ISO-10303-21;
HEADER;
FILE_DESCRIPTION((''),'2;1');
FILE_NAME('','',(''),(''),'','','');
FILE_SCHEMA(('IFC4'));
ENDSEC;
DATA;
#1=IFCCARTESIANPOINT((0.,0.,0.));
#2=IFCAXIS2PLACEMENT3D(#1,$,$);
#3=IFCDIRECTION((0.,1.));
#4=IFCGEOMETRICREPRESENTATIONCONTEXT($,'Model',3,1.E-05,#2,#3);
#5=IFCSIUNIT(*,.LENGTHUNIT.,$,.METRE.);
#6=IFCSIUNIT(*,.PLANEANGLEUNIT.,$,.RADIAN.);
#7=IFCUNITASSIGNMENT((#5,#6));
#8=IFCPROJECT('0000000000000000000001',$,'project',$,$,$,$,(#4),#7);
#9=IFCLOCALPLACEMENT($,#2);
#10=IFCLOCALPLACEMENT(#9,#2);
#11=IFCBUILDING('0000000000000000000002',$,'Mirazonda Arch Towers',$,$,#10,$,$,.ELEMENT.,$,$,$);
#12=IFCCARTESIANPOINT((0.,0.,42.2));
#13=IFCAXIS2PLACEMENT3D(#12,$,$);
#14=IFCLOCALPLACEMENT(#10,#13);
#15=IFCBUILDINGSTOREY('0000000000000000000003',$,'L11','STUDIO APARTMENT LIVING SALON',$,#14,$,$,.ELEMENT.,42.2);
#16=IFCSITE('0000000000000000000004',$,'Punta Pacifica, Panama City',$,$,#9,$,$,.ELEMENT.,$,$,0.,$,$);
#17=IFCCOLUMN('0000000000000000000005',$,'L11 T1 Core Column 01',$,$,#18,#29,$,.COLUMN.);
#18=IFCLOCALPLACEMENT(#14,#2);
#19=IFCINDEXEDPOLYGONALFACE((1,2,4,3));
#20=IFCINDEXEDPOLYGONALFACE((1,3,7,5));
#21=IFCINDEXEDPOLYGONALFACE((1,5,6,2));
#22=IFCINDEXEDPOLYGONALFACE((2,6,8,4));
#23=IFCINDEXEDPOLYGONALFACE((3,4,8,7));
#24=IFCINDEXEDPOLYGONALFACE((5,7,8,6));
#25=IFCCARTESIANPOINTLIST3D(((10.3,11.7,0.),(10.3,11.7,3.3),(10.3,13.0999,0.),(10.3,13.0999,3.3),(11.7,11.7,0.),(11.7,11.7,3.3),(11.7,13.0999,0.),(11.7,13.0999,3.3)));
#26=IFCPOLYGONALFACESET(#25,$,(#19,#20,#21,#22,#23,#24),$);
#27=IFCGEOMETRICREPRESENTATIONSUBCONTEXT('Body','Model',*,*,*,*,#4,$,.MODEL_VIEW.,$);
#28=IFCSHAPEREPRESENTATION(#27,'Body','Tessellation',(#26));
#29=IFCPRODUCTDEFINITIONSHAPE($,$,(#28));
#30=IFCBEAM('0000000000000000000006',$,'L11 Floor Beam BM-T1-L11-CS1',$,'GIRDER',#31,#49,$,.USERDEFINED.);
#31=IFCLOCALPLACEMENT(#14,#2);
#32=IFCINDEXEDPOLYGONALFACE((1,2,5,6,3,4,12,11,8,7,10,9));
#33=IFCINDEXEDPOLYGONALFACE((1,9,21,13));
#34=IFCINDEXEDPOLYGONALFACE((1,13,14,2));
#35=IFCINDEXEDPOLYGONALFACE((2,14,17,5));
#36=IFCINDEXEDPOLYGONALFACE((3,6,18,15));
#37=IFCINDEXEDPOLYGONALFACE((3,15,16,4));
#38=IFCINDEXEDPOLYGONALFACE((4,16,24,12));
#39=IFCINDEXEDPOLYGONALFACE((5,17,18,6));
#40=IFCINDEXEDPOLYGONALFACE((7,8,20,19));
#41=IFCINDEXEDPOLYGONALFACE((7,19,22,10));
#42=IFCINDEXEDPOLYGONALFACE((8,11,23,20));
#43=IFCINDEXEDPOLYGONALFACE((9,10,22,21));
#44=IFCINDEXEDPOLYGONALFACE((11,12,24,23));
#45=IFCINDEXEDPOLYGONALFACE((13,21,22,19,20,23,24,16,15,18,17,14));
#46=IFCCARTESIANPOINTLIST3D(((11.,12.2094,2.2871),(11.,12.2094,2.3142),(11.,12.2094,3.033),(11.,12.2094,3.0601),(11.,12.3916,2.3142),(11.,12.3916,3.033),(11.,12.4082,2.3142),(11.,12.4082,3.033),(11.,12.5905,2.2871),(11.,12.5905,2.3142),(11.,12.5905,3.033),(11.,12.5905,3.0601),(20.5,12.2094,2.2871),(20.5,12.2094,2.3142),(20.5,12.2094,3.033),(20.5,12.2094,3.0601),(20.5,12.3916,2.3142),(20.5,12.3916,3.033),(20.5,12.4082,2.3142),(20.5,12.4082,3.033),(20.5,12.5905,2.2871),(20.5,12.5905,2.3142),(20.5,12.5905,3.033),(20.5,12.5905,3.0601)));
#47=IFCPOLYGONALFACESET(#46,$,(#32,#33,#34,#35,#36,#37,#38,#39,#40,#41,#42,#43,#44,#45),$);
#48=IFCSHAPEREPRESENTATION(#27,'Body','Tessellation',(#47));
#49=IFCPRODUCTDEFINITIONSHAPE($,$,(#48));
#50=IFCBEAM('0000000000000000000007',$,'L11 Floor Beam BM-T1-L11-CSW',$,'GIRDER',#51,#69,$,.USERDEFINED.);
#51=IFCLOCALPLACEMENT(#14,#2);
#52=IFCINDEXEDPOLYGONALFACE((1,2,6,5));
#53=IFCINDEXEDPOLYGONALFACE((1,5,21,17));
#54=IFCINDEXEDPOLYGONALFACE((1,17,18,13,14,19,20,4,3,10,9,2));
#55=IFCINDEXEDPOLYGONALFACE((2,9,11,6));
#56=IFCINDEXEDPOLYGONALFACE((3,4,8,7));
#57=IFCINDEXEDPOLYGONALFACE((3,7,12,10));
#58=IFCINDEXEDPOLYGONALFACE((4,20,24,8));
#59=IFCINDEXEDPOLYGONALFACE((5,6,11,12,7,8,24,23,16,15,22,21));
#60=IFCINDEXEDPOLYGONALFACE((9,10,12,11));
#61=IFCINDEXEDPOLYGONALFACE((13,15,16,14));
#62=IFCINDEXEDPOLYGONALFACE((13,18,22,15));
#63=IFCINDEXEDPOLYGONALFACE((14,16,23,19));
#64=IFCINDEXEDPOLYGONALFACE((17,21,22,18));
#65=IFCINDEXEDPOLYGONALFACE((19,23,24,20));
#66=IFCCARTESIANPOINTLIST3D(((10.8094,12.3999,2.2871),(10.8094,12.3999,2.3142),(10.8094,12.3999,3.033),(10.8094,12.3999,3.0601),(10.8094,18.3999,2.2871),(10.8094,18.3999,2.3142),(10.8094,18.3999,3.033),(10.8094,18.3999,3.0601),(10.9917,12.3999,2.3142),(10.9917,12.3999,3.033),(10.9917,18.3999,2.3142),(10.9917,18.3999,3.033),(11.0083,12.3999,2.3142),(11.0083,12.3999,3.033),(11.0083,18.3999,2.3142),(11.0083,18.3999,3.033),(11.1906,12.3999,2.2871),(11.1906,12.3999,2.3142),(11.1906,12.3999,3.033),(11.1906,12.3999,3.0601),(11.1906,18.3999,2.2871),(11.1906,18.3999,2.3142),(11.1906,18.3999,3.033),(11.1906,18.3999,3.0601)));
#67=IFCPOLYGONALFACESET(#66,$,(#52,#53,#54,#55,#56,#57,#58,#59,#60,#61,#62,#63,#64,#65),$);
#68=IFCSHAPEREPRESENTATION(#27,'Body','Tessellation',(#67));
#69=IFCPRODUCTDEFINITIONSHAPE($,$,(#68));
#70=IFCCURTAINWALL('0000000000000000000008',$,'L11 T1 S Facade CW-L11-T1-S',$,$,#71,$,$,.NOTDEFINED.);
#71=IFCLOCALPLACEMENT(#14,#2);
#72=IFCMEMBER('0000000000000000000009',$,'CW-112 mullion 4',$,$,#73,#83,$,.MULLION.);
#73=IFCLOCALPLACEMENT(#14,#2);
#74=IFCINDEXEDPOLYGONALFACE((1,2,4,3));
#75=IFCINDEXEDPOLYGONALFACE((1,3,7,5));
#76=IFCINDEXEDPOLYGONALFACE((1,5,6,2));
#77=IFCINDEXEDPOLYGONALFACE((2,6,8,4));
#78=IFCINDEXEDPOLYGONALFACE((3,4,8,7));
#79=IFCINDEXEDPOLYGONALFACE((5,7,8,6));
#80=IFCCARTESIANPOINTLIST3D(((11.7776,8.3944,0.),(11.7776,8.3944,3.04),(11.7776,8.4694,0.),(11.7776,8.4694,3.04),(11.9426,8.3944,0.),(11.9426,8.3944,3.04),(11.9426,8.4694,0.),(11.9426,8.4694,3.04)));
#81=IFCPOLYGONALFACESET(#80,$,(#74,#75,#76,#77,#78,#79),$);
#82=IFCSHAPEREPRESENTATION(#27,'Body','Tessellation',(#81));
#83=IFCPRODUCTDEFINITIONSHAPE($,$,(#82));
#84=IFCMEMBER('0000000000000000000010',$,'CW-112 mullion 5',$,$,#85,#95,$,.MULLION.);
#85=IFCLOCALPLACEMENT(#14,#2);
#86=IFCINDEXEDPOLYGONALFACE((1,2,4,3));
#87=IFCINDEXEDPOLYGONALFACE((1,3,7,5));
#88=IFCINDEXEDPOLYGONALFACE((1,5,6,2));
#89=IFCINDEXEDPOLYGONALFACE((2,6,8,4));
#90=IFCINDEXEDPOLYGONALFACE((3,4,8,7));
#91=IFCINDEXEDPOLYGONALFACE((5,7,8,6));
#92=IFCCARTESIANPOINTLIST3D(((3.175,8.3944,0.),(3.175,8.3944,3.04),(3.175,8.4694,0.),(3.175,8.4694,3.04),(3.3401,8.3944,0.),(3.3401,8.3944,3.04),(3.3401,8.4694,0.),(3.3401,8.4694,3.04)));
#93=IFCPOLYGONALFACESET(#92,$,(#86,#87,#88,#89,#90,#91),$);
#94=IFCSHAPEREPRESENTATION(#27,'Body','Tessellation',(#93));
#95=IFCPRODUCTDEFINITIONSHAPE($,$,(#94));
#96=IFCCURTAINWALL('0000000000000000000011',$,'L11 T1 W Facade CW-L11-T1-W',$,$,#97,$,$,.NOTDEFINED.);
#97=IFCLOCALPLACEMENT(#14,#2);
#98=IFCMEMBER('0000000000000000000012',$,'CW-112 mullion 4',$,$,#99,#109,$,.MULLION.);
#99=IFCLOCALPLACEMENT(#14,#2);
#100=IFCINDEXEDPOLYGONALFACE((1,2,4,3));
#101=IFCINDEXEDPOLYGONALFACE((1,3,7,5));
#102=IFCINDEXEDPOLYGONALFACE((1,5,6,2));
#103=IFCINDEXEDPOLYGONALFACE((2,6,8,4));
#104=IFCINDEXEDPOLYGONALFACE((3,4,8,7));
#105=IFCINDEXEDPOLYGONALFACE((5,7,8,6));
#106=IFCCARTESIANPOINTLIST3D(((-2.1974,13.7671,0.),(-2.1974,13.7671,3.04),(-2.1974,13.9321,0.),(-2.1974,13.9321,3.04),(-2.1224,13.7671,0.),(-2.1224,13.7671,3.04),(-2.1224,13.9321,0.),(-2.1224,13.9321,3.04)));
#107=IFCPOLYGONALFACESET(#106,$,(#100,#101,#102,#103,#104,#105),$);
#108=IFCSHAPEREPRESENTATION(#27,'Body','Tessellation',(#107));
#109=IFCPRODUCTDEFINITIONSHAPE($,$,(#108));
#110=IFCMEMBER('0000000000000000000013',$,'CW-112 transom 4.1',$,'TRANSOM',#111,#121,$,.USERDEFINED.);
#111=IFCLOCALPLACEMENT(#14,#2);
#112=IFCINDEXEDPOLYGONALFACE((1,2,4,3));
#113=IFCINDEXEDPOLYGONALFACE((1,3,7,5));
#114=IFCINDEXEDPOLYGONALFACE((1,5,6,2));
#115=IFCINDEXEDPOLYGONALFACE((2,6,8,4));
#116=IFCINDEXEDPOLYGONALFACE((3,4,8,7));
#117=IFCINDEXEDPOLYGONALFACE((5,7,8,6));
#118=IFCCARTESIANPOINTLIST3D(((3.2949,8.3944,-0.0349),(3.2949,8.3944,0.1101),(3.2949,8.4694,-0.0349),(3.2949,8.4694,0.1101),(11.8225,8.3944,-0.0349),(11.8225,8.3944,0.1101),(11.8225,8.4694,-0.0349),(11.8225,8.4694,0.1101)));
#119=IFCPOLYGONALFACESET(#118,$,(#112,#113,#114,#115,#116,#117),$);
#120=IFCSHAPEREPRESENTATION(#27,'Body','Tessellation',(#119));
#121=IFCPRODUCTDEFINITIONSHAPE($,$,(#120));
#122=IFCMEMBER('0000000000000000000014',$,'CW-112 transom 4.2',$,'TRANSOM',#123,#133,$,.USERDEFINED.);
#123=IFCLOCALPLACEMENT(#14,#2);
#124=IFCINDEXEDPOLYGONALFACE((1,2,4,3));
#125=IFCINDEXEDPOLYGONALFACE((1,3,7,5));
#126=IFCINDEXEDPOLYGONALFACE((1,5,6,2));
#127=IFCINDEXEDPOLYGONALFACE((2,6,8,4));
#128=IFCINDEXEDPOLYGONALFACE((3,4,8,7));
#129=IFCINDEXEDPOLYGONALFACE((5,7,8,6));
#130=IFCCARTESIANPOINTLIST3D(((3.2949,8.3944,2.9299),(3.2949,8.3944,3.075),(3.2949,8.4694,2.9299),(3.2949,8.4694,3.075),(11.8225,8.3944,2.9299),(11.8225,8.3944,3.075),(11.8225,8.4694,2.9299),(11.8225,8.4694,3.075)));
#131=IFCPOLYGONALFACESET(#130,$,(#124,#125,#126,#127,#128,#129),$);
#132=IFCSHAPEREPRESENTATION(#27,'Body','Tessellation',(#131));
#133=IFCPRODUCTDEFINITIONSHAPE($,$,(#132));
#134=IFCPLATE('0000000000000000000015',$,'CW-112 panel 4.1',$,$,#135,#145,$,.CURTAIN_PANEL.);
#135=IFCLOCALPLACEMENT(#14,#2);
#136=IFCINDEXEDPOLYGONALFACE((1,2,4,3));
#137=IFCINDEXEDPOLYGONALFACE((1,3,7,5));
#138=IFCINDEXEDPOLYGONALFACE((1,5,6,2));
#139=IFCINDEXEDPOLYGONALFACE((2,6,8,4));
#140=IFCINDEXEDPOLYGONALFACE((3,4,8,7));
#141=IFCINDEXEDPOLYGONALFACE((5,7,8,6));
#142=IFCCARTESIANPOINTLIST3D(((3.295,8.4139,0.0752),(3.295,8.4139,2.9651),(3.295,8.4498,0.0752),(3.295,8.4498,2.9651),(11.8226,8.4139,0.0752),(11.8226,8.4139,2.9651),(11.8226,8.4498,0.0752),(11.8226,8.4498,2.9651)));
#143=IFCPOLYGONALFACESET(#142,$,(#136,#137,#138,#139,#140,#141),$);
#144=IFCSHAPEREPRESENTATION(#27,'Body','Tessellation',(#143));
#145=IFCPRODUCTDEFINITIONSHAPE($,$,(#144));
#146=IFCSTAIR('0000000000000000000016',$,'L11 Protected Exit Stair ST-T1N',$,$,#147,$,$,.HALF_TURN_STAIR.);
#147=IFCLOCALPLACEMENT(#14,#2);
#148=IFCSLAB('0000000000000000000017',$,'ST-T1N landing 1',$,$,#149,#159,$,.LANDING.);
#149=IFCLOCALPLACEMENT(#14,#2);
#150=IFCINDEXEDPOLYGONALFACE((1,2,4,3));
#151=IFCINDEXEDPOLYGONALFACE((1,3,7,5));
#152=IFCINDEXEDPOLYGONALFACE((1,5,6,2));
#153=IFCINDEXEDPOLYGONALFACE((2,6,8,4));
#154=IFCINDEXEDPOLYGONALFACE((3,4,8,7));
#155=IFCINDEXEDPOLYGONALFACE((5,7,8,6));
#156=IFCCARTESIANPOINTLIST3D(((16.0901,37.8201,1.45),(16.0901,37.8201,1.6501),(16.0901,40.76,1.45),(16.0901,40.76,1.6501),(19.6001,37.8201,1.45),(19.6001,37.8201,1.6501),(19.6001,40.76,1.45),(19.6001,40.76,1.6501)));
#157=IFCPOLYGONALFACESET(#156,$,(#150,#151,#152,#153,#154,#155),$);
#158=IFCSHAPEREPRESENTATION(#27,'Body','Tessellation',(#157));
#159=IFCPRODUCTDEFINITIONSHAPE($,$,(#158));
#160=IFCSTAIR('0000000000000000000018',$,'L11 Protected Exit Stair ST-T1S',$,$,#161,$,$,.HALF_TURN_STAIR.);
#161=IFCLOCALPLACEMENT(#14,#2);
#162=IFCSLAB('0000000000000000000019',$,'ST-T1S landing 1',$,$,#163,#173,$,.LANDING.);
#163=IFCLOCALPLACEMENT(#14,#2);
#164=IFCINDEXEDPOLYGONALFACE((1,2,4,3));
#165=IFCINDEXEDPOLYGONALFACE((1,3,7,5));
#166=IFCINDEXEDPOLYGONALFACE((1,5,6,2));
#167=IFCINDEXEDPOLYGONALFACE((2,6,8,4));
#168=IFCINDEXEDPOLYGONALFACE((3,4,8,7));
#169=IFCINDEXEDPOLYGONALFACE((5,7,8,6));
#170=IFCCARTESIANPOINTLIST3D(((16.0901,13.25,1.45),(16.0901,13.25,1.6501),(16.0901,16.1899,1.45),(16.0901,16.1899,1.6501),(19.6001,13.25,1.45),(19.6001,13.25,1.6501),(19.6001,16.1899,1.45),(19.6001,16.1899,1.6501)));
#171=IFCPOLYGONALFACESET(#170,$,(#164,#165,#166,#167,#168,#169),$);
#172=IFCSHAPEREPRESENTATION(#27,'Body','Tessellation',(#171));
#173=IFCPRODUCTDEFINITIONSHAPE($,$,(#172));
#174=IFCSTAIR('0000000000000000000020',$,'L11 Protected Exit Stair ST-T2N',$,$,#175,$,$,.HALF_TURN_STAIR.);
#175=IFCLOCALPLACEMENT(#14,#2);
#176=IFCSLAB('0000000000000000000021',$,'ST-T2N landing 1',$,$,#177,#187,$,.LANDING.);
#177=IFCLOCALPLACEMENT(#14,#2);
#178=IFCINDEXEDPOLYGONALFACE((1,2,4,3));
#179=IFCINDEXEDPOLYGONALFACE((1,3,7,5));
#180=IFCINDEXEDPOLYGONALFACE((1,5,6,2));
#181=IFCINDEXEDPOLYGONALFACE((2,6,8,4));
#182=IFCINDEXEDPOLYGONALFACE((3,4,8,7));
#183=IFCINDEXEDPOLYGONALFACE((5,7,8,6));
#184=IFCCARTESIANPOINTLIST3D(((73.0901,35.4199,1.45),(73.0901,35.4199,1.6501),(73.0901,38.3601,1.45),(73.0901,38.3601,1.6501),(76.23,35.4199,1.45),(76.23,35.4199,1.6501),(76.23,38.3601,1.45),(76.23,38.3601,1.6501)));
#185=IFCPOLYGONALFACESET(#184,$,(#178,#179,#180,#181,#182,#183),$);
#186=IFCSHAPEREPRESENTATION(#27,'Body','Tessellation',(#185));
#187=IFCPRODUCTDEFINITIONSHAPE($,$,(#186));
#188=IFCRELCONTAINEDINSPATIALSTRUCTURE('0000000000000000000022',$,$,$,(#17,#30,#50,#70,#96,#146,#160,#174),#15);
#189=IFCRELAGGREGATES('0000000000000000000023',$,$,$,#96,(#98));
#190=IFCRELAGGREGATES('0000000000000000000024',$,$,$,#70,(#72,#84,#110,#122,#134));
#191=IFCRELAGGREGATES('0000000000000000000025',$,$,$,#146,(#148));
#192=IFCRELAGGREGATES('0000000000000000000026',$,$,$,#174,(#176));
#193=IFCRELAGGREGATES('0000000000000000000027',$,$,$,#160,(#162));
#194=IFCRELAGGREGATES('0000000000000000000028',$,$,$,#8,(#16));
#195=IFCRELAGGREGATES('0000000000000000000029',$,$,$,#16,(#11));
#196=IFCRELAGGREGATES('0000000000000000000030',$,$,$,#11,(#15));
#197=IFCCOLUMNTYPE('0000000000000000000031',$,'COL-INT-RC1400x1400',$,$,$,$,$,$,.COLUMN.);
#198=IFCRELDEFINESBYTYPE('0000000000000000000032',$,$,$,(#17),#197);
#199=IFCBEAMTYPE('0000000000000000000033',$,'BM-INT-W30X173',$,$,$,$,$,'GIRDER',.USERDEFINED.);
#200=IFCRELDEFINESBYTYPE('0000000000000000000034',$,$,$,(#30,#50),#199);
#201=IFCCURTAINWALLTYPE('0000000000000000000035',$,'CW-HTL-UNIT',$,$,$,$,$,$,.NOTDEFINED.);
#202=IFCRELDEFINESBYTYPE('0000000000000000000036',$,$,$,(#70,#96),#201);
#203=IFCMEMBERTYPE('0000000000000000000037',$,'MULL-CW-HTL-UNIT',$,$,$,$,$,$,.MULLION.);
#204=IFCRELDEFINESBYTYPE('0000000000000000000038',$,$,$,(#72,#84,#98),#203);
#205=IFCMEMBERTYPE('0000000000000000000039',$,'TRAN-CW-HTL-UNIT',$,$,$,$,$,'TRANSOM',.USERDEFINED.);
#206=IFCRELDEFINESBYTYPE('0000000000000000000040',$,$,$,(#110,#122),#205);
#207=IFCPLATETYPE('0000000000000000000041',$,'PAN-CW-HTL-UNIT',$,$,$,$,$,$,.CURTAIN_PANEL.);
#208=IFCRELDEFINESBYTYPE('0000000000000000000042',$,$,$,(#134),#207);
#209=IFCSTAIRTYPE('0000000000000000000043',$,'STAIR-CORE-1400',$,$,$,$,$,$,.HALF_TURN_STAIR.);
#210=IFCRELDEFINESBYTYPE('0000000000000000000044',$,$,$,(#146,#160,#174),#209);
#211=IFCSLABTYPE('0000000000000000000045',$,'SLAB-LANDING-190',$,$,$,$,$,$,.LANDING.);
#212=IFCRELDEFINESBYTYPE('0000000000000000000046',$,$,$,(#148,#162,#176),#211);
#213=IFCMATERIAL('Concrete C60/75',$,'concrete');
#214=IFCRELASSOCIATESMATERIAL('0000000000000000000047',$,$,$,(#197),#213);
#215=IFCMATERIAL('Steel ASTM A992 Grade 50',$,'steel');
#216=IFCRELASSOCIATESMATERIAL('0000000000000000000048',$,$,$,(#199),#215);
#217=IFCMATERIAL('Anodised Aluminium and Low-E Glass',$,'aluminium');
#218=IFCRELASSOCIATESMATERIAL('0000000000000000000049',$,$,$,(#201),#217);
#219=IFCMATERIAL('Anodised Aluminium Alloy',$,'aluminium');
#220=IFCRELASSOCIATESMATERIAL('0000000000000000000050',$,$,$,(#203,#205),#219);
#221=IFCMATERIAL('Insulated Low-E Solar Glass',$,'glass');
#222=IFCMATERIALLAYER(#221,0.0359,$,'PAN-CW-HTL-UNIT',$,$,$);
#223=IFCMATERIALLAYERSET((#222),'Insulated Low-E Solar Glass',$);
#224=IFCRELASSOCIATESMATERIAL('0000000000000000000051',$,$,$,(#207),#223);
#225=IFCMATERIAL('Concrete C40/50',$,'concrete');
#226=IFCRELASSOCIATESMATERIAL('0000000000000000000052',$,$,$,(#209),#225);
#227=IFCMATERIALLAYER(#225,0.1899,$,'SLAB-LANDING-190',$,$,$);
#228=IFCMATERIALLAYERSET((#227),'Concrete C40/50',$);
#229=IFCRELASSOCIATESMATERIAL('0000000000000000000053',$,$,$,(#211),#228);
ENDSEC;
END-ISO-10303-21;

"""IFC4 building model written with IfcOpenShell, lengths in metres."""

from ifc_helpers import new_model, si_unit, direction, frame, origin, origin_2d, place, context, subcontext, project, spatial, polyline, rectangle, i_section, outline, extrude, material, layer, layer_set, material_profile, profile_set, type_object, element, aggregate, save


model = new_model("IFC4")

# Units and contexts
model_context = context("Model", 3, precision=1e-05, world=origin(), true_north=direction((0.0, 1.0)))
body_context = subcontext(model_context, "Body", "Model", "MODEL_VIEW")
ifc_project = project(units=[si_unit("LENGTHUNIT", "METRE"), si_unit("PLANEANGLEUNIT", "RADIAN")], contexts=[model_context])

# Site, building, storey
site_placement = place(None, origin())
site = spatial("IfcSite", under=ifc_project, at=site_placement, Name="Punta Pacifica, Panama City", CompositionType="ELEMENT", RefElevation=0.0)
building_placement = place(site_placement, origin())
building = spatial("IfcBuilding", under=site, at=building_placement, Name="Mirazonda Arch Towers", CompositionType="ELEMENT")
storey_placement = place(building_placement, frame((0.0, 0.0, 42.2)))
storey = spatial("IfcBuildingStorey", under=building, at=storey_placement, Name="L11", Description="STUDIO APARTMENT LIVING SALON", CompositionType="ELEMENT", Elevation=42.2)

# Column
ifc_material_1 = material(Name="Concrete C60/75", Category="concrete")
ifc_material_profile_1 = material_profile(ifc_material_1, rectangle(XDim=1.3999, YDim=1.3999, at=origin_2d()), Name="RC1400x1400")
ifc_profile_set_1 = profile_set([ifc_material_profile_1], Name="Concrete C60/75")
column_type = type_object("IfcColumnType", Name="COL-INT-RC1400x1400", PredefinedType="COLUMN", material=ifc_profile_set_1)
column_placement = place(storey_placement, frame((11.0, 12.3999, 0.0), z_axis=(0.0, 0.0, 1.0), x_axis=(1.0, 0.0, 0.0)))
element("IfcColumn", 1, at=column_placement, inside=storey, type_object=column_type, Name="L11 T1 Core Column 01", PredefinedType="COLUMN", context=body_context, shape_type="SweptSolid", body=[
    extrude(rectangle(XDim=1.3999, YDim=1.3999, at=origin_2d()), origin(), (0.0, 0.0, 1.0), 3.3),
])

# Beams
ifc_material_2 = material(Name="Steel ASTM A992 Grade 50", Category="steel")
ifc_material_profile_2 = material_profile(ifc_material_2, i_section(OverallWidth=0.3811, OverallDepth=0.7729, WebThickness=0.0166, FlangeThickness=0.0271, at=origin_2d()), Name="W30X173")
ifc_profile_set_2 = profile_set([ifc_material_profile_2], Name="Steel ASTM A992 Grade 50")
beam_type = type_object("IfcBeamType", Name="BM-INT-W30X173", ElementType="GIRDER", PredefinedType="USERDEFINED", material=ifc_profile_set_2)
beam_1_placement = place(storey_placement, frame((11.0, 12.3999, 2.6736), z_axis=(1.0, 0.0, 0.0), x_axis=(0.0, 1.0, 0.0)))
element("IfcBeam", 2, at=beam_1_placement, inside=storey, type_object=beam_type, Name="L11 Floor Beam BM-T1-L11-CS1", ObjectType="GIRDER", PredefinedType="USERDEFINED", context=body_context, shape_type="SweptSolid", body=[
    extrude(i_section(OverallWidth=0.3811, OverallDepth=0.7729, WebThickness=0.0166, FlangeThickness=0.0271, at=origin_2d()), origin(), (0.0, 0.0, 1.0), 9.5),
])
beam_2_placement = place(storey_placement, frame((11.0, 12.3999, 2.6736), z_axis=(0.0, 1.0, 0.0), x_axis=(-1.0, 0.0, 0.0)))
element("IfcBeam", 3, at=beam_2_placement, inside=storey, type_object=beam_type, Name="L11 Floor Beam BM-T1-L11-CSW", ObjectType="GIRDER", PredefinedType="USERDEFINED", context=body_context, shape_type="SweptSolid", body=[
    extrude(i_section(OverallWidth=0.3811, OverallDepth=0.7729, WebThickness=0.0166, FlangeThickness=0.0271, at=origin_2d()), origin(), (0.0, 0.0, 1.0), 6.0),
])

# Curtain wall, members
ifc_material_3 = material(Name="Anodised Aluminium and Low-E Glass", Category="aluminium")
curtain_wall_type = type_object("IfcCurtainWallType", Name="CW-HTL-UNIT", PredefinedType="NOTDEFINED", material=ifc_material_3)
curtain_wall_1_placement = place(storey_placement, origin())
curtain_wall_1 = element("IfcCurtainWall", 4, at=curtain_wall_1_placement, inside=storey, type_object=curtain_wall_type, Name="L11 T1 S Facade CW-L11-T1-S", PredefinedType="NOTDEFINED")
ifc_material_4 = material(Name="Anodised Aluminium Alloy", Category="aluminium")
ifc_material_profile_3 = material_profile(ifc_material_4, rectangle(XDim=0.075, YDim=0.165, at=origin_2d()), Name="ALU-MULL-75x165")
ifc_profile_set_3 = profile_set([ifc_material_profile_3], Name="Anodised Aluminium Alloy")
member_type_1 = type_object("IfcMemberType", Name="MULL-CW-HTL-UNIT", PredefinedType="MULLION", material=ifc_profile_set_3)
member_1_placement = place(storey_placement, frame((11.8601, 8.4319, 0.0), z_axis=(0.0, 0.0, 1.0), x_axis=(0.0, -1.0, 0.0)))
member_1 = element("IfcMember", 5, at=member_1_placement, type_object=member_type_1, Name="CW-112 mullion 4", PredefinedType="MULLION", context=body_context, shape_type="SweptSolid", body=[
    extrude(rectangle(XDim=0.075, YDim=0.165, at=origin_2d()), origin(), (0.0, 0.0, 1.0), 3.04),
])
member_2_placement = place(storey_placement, frame((3.2576, 8.4319, 0.0), z_axis=(0.0, 0.0, 1.0), x_axis=(0.0, -1.0, 0.0)))
member_2 = element("IfcMember", 6, at=member_2_placement, type_object=member_type_1, Name="CW-112 mullion 5", PredefinedType="MULLION", context=body_context, shape_type="SweptSolid", body=[
    extrude(rectangle(XDim=0.075, YDim=0.165, at=origin_2d()), origin(), (0.0, 0.0, 1.0), 3.04),
])

# Curtain wall, member
curtain_wall_2_placement = place(storey_placement, origin())
curtain_wall_2 = element("IfcCurtainWall", 7, at=curtain_wall_2_placement, inside=storey, type_object=curtain_wall_type, Name="L11 T1 W Facade CW-L11-T1-W", PredefinedType="NOTDEFINED")
member_3_placement = place(storey_placement, frame((-2.1599, 13.8496, 0.0), z_axis=(0.0, 0.0, 1.0), x_axis=(1.0, 0.0, 0.0)))
member_3 = element("IfcMember", 8, at=member_3_placement, type_object=member_type_1, Name="CW-112 mullion 4", PredefinedType="MULLION", context=body_context, shape_type="SweptSolid", body=[
    extrude(rectangle(XDim=0.075, YDim=0.165, at=origin_2d()), origin(), (0.0, 0.0, 1.0), 3.04),
])
aggregate(curtain_wall_2, [member_3])

# Members
ifc_material_profile_4 = material_profile(ifc_material_4, rectangle(XDim=0.075, YDim=0.145, at=origin_2d()), Name="ALU-TRAN-75x145")
ifc_profile_set_4 = profile_set([ifc_material_profile_4], Name="Anodised Aluminium Alloy")
member_type_2 = type_object("IfcMemberType", Name="TRAN-CW-HTL-UNIT", ElementType="TRANSOM", PredefinedType="USERDEFINED", material=ifc_profile_set_4)
member_4_placement = place(storey_placement, frame((11.8225, 8.4319, 0.0376), z_axis=(-1.0, 0.0, 0.0), x_axis=(0.0, -1.0, 0.0)))
member_4 = element("IfcMember", 9, at=member_4_placement, type_object=member_type_2, Name="CW-112 transom 4.1", ObjectType="TRANSOM", PredefinedType="USERDEFINED", context=body_context, shape_type="SweptSolid", body=[
    extrude(rectangle(XDim=0.075, YDim=0.145, at=origin_2d()), origin(), (0.0, 0.0, 1.0), 8.5276),
])
member_5_placement = place(storey_placement, frame((11.8225, 8.4319, 3.0024), z_axis=(-1.0, 0.0, 0.0), x_axis=(0.0, -1.0, 0.0)))
member_5 = element("IfcMember", 10, at=member_5_placement, type_object=member_type_2, Name="CW-112 transom 4.2", ObjectType="TRANSOM", PredefinedType="USERDEFINED", context=body_context, shape_type="SweptSolid", body=[
    extrude(rectangle(XDim=0.075, YDim=0.145, at=origin_2d()), origin(), (0.0, 0.0, 1.0), 8.5276),
])

# Plate
ifc_material_5 = material(Name="Insulated Low-E Solar Glass", Category="glass")
ifc_layer_1 = layer(ifc_material_5, 0.0359, Name="PAN-CW-HTL-UNIT")
ifc_layer_set_1 = layer_set([ifc_layer_1], Name="Insulated Low-E Solar Glass")
plate_type = type_object("IfcPlateType", Name="PAN-CW-HTL-UNIT", PredefinedType="CURTAIN_PANEL", material=ifc_layer_set_1)
plate_placement = place(storey_placement, frame((7.5588, 8.4319, 0.0752), z_axis=(0.0, 0.0, 1.0), x_axis=(-1.0, 0.0, 0.0)))
plate = element("IfcPlate", 11, at=plate_placement, type_object=plate_type, Name="CW-112 panel 4.1", PredefinedType="CURTAIN_PANEL", context=body_context, shape_type="SweptSolid", body=[
    extrude(rectangle(XDim=8.5276, YDim=0.0359, at=origin_2d()), origin(), (0.0, 0.0, 1.0), 2.8899),
])
aggregate(curtain_wall_1, [member_1, member_2, member_4, member_5, plate])

# Stairs, slabs
ifc_material_6 = material(Name="Concrete C40/50", Category="concrete")
stair_type = type_object("IfcStairType", Name="STAIR-CORE-1400", PredefinedType="HALF_TURN_STAIR", material=ifc_material_6)
stair_1_placement = place(storey_placement, origin())
stair_1 = element("IfcStair", 12, at=stair_1_placement, inside=storey, type_object=stair_type, Name="L11 Protected Exit Stair ST-T1N", PredefinedType="HALF_TURN_STAIR")
ifc_layer_2 = layer(ifc_material_6, 0.1899, Name="SLAB-LANDING-190")
ifc_layer_set_2 = layer_set([ifc_layer_2], Name="Concrete C40/50")
slab_type_1 = type_object("IfcSlabType", Name="SLAB-LANDING-190", PredefinedType="LANDING", material=ifc_layer_set_2)
slab_1_placement = place(storey_placement, frame((0.0, 0.0, 1.45)))
slab_1 = element("IfcSlab", 13, at=slab_1_placement, type_object=slab_type_1, Name="ST-T1N landing 1", PredefinedType="LANDING", context=body_context, shape_type="SweptSolid", body=[
    extrude(outline(polyline([(16.0901, 37.8201), (19.6001, 37.8201), (19.6001, 40.76), (16.0901, 40.76), (16.0901, 37.8201)])), origin(), (0.0, 0.0, 1.0), 0.2002),
])
aggregate(stair_1, [slab_1])
stair_2_placement = place(storey_placement, origin())
stair_2 = element("IfcStair", 14, at=stair_2_placement, inside=storey, type_object=stair_type, Name="L11 Protected Exit Stair ST-T1S", PredefinedType="HALF_TURN_STAIR")
slab_2_placement = place(storey_placement, frame((0.0, 0.0, 1.45)))
slab_2 = element("IfcSlab", 15, at=slab_2_placement, type_object=slab_type_1, Name="ST-T1S landing 1", PredefinedType="LANDING", context=body_context, shape_type="SweptSolid", body=[
    extrude(outline(polyline([(16.0901, 13.25), (19.6001, 13.25), (19.6001, 16.1899), (16.0901, 16.1899), (16.0901, 13.25)])), origin(), (0.0, 0.0, 1.0), 0.2002),
])
stair_3_placement = place(storey_placement, origin())
stair_3 = element("IfcStair", 16, at=stair_3_placement, inside=storey, type_object=stair_type, Name="L11 Protected Exit Stair ST-T2N", PredefinedType="HALF_TURN_STAIR")
slab_3_placement = place(storey_placement, frame((0.0, 0.0, 1.45)))
slab_3 = element("IfcSlab", 17, at=slab_3_placement, type_object=slab_type_1, Name="ST-T2N landing 1", PredefinedType="LANDING", context=body_context, shape_type="SweptSolid", body=[
    extrude(outline(polyline([(73.0901, 35.4199), (76.23, 35.4199), (76.23, 38.3601), (73.0901, 38.3601), (73.0901, 35.4199)])), origin(), (0.0, 0.0, 1.0), 0.2002),
])
aggregate(stair_3, [slab_3])

aggregate(stair_2, [slab_2])

save(model, "model.ifc")
